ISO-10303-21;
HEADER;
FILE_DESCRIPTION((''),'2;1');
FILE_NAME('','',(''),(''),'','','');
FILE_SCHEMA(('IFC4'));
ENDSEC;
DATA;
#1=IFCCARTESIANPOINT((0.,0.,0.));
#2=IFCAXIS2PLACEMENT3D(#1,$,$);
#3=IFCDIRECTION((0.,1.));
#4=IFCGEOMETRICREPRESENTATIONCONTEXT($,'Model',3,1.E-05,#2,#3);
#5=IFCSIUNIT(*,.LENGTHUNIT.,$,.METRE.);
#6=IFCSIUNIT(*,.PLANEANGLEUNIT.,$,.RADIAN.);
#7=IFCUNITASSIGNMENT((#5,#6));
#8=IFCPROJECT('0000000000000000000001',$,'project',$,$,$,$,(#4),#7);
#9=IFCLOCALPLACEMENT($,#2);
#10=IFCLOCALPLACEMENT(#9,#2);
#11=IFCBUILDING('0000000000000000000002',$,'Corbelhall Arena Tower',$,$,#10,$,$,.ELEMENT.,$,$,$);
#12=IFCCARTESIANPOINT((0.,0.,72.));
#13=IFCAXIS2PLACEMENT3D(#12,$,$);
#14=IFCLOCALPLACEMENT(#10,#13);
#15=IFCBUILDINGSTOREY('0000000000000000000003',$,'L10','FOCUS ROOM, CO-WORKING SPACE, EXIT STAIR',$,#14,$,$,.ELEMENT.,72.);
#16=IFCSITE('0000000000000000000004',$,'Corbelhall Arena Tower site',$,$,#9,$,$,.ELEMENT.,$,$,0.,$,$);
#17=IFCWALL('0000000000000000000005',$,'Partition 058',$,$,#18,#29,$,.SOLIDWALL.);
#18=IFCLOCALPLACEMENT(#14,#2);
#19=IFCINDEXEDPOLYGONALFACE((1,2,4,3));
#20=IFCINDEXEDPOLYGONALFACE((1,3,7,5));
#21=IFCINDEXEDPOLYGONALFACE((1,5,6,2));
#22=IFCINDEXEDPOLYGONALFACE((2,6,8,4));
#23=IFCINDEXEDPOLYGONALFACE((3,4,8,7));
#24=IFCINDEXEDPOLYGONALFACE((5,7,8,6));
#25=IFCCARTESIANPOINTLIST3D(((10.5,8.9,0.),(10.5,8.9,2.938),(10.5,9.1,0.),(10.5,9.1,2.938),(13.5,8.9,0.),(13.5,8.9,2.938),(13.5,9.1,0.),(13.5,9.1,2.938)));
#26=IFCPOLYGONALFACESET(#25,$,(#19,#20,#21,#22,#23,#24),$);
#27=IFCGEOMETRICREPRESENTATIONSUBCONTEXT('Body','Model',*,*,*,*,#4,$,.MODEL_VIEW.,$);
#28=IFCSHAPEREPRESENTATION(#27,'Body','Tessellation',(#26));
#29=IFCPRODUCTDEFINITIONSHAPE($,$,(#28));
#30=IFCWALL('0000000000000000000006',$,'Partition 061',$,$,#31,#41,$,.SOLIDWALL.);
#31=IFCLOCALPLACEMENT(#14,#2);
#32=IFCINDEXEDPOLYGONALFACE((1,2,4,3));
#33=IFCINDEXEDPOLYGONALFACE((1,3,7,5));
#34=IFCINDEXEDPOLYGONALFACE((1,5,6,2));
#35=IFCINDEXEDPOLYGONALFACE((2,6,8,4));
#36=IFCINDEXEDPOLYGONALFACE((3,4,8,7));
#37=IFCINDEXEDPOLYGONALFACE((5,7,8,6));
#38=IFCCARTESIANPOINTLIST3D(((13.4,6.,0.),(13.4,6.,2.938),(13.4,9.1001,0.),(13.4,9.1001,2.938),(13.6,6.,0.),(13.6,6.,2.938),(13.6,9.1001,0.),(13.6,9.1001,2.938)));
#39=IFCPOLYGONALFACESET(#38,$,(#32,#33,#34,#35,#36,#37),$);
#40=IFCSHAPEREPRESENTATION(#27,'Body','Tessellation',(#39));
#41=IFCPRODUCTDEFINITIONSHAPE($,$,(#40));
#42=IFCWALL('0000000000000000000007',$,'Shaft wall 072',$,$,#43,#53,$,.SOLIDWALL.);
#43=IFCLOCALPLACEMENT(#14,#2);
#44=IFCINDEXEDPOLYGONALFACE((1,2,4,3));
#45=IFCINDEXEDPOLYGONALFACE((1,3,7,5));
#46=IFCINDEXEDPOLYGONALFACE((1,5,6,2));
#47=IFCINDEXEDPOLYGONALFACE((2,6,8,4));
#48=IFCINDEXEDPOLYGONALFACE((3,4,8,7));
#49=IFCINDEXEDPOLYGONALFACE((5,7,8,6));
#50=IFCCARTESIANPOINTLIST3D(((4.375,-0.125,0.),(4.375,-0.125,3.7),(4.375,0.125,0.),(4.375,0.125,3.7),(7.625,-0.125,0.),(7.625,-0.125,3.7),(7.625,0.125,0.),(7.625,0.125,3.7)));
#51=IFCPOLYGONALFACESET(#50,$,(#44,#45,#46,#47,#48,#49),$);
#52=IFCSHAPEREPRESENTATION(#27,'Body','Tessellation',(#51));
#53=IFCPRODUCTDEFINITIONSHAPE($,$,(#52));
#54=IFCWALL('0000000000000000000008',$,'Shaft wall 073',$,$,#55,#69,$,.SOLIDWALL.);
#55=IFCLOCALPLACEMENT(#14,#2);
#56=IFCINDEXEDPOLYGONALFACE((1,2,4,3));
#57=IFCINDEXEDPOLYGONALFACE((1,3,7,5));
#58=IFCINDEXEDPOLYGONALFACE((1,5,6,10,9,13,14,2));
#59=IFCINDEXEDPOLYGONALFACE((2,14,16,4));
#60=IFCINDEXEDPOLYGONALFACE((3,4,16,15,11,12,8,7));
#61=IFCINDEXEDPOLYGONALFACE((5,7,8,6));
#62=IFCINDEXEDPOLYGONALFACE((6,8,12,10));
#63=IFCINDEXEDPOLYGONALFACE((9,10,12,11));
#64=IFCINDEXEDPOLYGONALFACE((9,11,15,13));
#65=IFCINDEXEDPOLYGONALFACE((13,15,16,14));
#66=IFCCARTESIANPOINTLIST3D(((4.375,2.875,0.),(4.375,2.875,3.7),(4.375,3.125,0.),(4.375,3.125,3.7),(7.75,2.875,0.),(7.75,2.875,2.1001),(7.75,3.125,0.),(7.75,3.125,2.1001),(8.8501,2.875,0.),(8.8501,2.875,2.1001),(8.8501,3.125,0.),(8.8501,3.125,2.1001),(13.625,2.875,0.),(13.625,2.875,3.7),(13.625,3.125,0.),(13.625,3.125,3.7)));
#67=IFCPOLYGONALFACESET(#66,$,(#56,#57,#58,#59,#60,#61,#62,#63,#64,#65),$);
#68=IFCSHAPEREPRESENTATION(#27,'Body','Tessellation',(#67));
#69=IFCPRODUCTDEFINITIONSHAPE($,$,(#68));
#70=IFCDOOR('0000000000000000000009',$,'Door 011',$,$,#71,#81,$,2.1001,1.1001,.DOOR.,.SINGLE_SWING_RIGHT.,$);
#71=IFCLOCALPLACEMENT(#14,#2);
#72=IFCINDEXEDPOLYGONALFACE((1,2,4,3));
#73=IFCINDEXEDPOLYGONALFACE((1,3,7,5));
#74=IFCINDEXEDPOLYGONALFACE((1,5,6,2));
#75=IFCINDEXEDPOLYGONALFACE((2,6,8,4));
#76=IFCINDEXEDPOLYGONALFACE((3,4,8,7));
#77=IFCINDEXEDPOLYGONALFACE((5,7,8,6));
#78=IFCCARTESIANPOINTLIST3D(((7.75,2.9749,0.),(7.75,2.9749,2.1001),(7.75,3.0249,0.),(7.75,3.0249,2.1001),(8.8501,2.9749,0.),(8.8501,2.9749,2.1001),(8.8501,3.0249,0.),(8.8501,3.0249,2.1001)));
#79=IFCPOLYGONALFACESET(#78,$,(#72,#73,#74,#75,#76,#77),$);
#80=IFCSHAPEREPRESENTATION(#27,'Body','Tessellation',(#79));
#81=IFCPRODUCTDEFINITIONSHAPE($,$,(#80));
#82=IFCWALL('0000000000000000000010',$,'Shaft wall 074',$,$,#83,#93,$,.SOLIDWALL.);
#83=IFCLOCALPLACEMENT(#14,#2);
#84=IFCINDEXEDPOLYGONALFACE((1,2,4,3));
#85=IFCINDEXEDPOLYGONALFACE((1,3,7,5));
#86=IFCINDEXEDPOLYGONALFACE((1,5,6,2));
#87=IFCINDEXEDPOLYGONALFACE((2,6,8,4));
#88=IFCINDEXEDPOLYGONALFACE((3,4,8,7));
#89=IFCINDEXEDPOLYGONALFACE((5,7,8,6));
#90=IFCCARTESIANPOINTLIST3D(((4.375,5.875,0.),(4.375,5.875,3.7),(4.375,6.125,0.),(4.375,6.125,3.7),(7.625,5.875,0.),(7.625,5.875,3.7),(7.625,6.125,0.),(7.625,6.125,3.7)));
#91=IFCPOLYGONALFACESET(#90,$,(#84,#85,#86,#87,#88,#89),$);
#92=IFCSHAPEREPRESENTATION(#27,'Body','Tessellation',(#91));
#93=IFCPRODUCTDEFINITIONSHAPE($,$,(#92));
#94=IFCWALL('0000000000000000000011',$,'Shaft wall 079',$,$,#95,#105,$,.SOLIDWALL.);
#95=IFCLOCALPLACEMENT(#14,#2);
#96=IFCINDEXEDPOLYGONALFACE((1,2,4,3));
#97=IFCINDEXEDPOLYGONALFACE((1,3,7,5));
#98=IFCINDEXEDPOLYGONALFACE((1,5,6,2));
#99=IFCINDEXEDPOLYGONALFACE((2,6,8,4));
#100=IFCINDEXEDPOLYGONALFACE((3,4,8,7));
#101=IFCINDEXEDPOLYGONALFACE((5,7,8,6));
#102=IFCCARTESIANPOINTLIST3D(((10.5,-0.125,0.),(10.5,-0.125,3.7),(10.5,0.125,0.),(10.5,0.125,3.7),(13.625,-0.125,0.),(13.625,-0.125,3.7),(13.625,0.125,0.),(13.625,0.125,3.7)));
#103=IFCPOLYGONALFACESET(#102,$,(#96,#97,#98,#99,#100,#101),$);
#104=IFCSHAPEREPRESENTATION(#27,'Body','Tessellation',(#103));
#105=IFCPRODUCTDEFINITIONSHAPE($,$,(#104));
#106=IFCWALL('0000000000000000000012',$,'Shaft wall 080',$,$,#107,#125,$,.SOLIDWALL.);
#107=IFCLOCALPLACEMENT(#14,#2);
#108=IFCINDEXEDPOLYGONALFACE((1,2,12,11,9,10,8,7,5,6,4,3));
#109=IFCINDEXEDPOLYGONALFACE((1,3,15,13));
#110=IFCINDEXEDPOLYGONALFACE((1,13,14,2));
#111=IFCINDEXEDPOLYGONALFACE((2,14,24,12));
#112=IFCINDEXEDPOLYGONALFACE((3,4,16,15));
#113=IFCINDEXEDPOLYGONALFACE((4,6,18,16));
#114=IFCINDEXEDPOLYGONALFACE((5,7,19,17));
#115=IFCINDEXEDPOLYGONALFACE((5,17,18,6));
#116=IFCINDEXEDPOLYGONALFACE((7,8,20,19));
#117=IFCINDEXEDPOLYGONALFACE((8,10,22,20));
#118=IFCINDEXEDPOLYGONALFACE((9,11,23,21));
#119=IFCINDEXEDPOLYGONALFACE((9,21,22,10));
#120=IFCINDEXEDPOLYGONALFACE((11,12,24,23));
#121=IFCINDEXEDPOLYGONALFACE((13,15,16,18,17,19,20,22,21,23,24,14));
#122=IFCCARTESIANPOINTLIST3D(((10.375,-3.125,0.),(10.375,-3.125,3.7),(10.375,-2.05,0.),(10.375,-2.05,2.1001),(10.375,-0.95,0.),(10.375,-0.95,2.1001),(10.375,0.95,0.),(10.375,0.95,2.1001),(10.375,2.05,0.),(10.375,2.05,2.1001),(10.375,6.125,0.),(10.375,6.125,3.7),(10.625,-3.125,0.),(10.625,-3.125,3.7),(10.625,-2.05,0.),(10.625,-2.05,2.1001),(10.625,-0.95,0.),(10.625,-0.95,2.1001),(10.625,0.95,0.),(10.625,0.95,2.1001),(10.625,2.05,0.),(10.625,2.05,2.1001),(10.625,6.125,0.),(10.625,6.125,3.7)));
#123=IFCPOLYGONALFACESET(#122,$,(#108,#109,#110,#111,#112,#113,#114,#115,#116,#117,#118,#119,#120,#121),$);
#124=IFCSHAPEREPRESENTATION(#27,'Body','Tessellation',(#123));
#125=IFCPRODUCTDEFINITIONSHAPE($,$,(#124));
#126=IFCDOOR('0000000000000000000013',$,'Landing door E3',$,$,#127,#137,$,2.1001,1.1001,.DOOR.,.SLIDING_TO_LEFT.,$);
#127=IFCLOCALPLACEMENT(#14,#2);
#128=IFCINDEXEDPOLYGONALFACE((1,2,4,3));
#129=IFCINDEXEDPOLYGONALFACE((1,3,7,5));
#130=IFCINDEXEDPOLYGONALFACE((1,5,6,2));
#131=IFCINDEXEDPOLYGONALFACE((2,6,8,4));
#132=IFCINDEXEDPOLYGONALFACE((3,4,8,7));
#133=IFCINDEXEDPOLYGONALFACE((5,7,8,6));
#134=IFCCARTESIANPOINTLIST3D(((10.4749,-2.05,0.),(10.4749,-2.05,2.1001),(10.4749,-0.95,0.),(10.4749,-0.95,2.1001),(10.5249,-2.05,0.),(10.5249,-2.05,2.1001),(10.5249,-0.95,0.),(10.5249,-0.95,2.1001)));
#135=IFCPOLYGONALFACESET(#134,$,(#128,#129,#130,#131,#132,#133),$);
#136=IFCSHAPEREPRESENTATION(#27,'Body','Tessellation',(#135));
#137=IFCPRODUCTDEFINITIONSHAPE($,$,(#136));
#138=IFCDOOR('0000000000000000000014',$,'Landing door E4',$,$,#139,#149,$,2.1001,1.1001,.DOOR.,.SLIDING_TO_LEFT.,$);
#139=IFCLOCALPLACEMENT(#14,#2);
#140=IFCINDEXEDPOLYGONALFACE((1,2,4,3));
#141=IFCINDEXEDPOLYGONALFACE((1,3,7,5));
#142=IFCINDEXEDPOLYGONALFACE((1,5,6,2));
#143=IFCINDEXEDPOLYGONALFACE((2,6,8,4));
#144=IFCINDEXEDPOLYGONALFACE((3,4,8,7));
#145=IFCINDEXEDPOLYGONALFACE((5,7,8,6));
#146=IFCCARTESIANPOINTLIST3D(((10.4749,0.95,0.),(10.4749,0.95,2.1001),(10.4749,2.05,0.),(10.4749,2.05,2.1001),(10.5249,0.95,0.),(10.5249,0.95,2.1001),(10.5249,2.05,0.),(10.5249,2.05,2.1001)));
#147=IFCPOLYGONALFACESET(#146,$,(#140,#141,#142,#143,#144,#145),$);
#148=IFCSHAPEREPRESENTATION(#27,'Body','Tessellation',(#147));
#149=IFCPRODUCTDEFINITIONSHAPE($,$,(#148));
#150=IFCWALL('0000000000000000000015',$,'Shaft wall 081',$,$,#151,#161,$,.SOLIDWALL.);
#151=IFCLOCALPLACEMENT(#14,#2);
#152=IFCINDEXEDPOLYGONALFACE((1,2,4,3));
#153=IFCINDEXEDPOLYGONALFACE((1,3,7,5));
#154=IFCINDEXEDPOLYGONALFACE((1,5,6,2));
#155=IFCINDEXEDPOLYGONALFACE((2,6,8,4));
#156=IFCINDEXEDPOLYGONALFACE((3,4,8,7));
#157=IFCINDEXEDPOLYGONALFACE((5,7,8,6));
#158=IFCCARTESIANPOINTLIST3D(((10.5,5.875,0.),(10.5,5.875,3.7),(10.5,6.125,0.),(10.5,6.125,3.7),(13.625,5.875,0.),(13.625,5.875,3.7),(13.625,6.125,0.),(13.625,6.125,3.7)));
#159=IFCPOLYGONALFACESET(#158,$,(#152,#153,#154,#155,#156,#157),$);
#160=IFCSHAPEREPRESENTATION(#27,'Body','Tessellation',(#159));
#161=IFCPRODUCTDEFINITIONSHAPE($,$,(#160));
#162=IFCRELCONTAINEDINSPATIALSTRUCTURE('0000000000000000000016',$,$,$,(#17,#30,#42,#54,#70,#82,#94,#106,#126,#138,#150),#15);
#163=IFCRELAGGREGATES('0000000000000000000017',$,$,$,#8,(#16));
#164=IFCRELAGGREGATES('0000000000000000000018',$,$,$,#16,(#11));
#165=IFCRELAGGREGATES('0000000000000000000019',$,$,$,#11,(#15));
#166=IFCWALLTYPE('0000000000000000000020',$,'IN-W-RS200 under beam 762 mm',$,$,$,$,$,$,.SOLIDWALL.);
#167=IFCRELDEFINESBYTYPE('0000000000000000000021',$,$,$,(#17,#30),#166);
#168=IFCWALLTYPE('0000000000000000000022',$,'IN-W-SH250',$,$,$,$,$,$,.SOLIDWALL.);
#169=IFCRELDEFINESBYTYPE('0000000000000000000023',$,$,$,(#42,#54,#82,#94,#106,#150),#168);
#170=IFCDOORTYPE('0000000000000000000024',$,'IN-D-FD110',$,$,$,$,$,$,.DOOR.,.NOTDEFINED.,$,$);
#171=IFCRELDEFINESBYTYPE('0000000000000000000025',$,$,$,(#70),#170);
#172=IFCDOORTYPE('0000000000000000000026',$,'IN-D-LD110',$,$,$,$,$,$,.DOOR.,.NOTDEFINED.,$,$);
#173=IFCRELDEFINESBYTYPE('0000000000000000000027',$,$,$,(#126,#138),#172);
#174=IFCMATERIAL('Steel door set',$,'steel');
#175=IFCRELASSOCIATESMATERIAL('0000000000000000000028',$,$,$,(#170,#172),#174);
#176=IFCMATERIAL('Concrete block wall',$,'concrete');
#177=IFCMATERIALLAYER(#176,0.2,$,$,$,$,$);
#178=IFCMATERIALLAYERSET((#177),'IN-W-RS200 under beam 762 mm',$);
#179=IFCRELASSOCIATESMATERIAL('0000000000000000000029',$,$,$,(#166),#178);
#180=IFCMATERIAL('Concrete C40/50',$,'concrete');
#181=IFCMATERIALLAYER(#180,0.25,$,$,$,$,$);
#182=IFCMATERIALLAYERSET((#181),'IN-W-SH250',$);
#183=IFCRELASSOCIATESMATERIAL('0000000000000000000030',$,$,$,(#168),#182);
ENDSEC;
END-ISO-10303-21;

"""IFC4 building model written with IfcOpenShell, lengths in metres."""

from ifc_helpers import new_model, si_unit, direction, frame, frame_2d, origin, place, context, subcontext, project, spatial, rectangle, extrude, material, layer, layer_set, type_object, element, fill, save


model = new_model("IFC4")

# Units and contexts
model_context = context("Model", 3, precision=1e-05, world=origin(), true_north=direction((0.0, 1.0)))
body_context = subcontext(model_context, "Body", "Model", "MODEL_VIEW")
ifc_project = project(units=[si_unit("LENGTHUNIT", "METRE"), si_unit("PLANEANGLEUNIT", "RADIAN")], contexts=[model_context])

# Site, building, storey
site_placement = place(None, origin())
site = spatial("IfcSite", under=ifc_project, at=site_placement, Name="Corbelhall Arena Tower site", CompositionType="ELEMENT", RefElevation=0.0)
building_placement = place(site_placement, origin())
building = spatial("IfcBuilding", under=site, at=building_placement, Name="Corbelhall Arena Tower", CompositionType="ELEMENT")
storey_placement = place(building_placement, frame((0.0, 0.0, 72.0)))
storey = spatial("IfcBuildingStorey", under=building, at=storey_placement, Name="L10", Description="FOCUS ROOM, CO-WORKING SPACE, EXIT STAIR", CompositionType="ELEMENT", Elevation=72.0)

# Shared definitions
ifc_material_1 = material(Name="Concrete C40/50", Category="concrete")

# Shared definitions
ifc_material_2 = material(Name="Concrete block wall", Category="concrete")
ifc_material_3 = material(Name="Steel door set", Category="steel")
door_type_1 = type_object("IfcDoorType", Name="IN-D-FD110", OperationType="NOTDEFINED", PredefinedType="DOOR", material=ifc_material_3)

# Walls
ifc_layer_1 = layer(ifc_material_2, 0.2)
ifc_layer_set_1 = layer_set([ifc_layer_1], Name="IN-W-RS200 under beam 762 mm")
wall_type_1 = type_object("IfcWallType", Name="IN-W-RS200 under beam 762 mm", PredefinedType="SOLIDWALL", material=ifc_layer_set_1)
wall_1_placement = place(storey_placement, frame((10.5, 9.0, 0.0), z_axis=(0.0, 0.0, 1.0), x_axis=(1.0, 0.0, 0.0)))
element("IfcWall", 1, at=wall_1_placement, inside=storey, type_object=wall_type_1, Name="Partition 058", PredefinedType="SOLIDWALL", context=body_context, shape_type="SweptSolid", body=[
    extrude(rectangle(XDim=3.0, YDim=0.2, at=frame_2d((1.5, 0.0))), origin(), (0.0, 0.0, 1.0), 2.938),
])
wall_2_placement = place(storey_placement, frame((13.5, 9.1001, 0.0), z_axis=(0.0, 0.0, 1.0), x_axis=(0.0, -1.0, 0.0)))
element("IfcWall", 2, at=wall_2_placement, inside=storey, type_object=wall_type_1, Name="Partition 061", PredefinedType="SOLIDWALL", context=body_context, shape_type="SweptSolid", body=[
    extrude(rectangle(XDim=3.1001, YDim=0.2, at=frame_2d((1.55, 0.0))), origin(), (0.0, 0.0, 1.0), 2.938),
])
ifc_layer_2 = layer(ifc_material_1, 0.25)
ifc_layer_set_2 = layer_set([ifc_layer_2], Name="IN-W-SH250")
wall_type_2 = type_object("IfcWallType", Name="IN-W-SH250", PredefinedType="SOLIDWALL", material=ifc_layer_set_2)
wall_3_placement = place(storey_placement, frame((4.375, 0.0, 0.0), z_axis=(0.0, 0.0, 1.0), x_axis=(1.0, 0.0, 0.0)))
element("IfcWall", 3, at=wall_3_placement, inside=storey, type_object=wall_type_2, Name="Shaft wall 072", PredefinedType="SOLIDWALL", context=body_context, shape_type="SweptSolid", body=[
    extrude(rectangle(XDim=3.25, YDim=0.25, at=frame_2d((1.625, 0.0))), origin(), (0.0, 0.0, 1.0), 3.7),
])

# Wall, opening, door
wall_4_placement = place(storey_placement, frame((4.375, 3.0, 0.0), z_axis=(0.0, 0.0, 1.0), x_axis=(1.0, 0.0, 0.0)))
wall_4 = element("IfcWall", 4, at=wall_4_placement, inside=storey, type_object=wall_type_2, Name="Shaft wall 073", PredefinedType="SOLIDWALL", context=body_context, shape_type="SweptSolid", body=[
    extrude(rectangle(XDim=9.25, YDim=0.25, at=frame_2d((4.625, 0.0))), origin(), (0.0, 0.0, 1.0), 3.7),
])
opening_1_placement = place(wall_4_placement, frame((3.375, 0.0, 0.0)))
opening_1 = element("IfcOpeningElement", 5, at=opening_1_placement, cuts=wall_4, PredefinedType="OPENING", context=body_context, shape_type="SweptSolid", body=[
    extrude(rectangle(XDim=1.1001, YDim=2.1001, at=frame_2d((0.55, 1.05))), frame((0.0, 0.125, 0.0), z_axis=(0.0, -1.0, 0.0), x_axis=(1.0, 0.0, 0.0)), (0.0, 0.0, 1.0), 0.25),
])
door_1_placement = place(opening_1_placement, origin())
door_1 = element("IfcDoor", 6, at=door_1_placement, inside=storey, type_object=door_type_1, Name="Door 011", OperationType="SINGLE_SWING_RIGHT", OverallHeight=2.1001, OverallWidth=1.1001, PredefinedType="DOOR", context=body_context, shape_type="SweptSolid", body=[
    extrude(rectangle(XDim=1.1001, YDim=2.1001, at=frame_2d((0.55, 1.05))), frame((0.0, 0.0249, 0.0), z_axis=(0.0, -1.0, 0.0), x_axis=(1.0, 0.0, 0.0)), (0.0, 0.0, 1.0), 0.05),
])
fill(opening_1, door_1)

# Walls
wall_5_placement = place(storey_placement, frame((4.375, 6.0, 0.0), z_axis=(0.0, 0.0, 1.0), x_axis=(1.0, 0.0, 0.0)))
element("IfcWall", 7, at=wall_5_placement, inside=storey, type_object=wall_type_2, Name="Shaft wall 074", PredefinedType="SOLIDWALL", context=body_context, shape_type="SweptSolid", body=[
    extrude(rectangle(XDim=3.25, YDim=0.25, at=frame_2d((1.625, 0.0))), origin(), (0.0, 0.0, 1.0), 3.7),
])
wall_6_placement = place(storey_placement, frame((10.5, 0.0, 0.0), z_axis=(0.0, 0.0, 1.0), x_axis=(1.0, 0.0, 0.0)))
element("IfcWall", 8, at=wall_6_placement, inside=storey, type_object=wall_type_2, Name="Shaft wall 079", PredefinedType="SOLIDWALL", context=body_context, shape_type="SweptSolid", body=[
    extrude(rectangle(XDim=3.125, YDim=0.25, at=frame_2d((1.5625, 0.0))), origin(), (0.0, 0.0, 1.0), 3.7),
])

# Wall, openings, doors
wall_7_placement = place(storey_placement, frame((10.5, 6.125, 0.0), z_axis=(0.0, 0.0, 1.0), x_axis=(0.0, -1.0, 0.0)))
wall_7 = element("IfcWall", 9, at=wall_7_placement, inside=storey, type_object=wall_type_2, Name="Shaft wall 080", PredefinedType="SOLIDWALL", context=body_context, shape_type="SweptSolid", body=[
    extrude(rectangle(XDim=9.25, YDim=0.25, at=frame_2d((4.625, 0.0))), origin(), (0.0, 0.0, 1.0), 3.7),
])
opening_2_placement = place(wall_7_placement, frame((7.075, 0.0, 0.0)))
opening_2 = element("IfcOpeningElement", 10, at=opening_2_placement, cuts=wall_7, PredefinedType="OPENING", context=body_context, shape_type="SweptSolid", body=[
    extrude(rectangle(XDim=1.1001, YDim=2.1001, at=frame_2d((0.55, 1.05))), frame((0.0, 0.125, 0.0), z_axis=(0.0, -1.0, 0.0), x_axis=(1.0, 0.0, 0.0)), (0.0, 0.0, 1.0), 0.25),
])
opening_3_placement = place(wall_7_placement, frame((4.075, 0.0, 0.0)))
opening_3 = element("IfcOpeningElement", 11, at=opening_3_placement, cuts=wall_7, PredefinedType="OPENING", context=body_context, shape_type="SweptSolid", body=[
    extrude(rectangle(XDim=1.1001, YDim=2.1001, at=frame_2d((0.55, 1.05))), frame((0.0, 0.125, 0.0), z_axis=(0.0, -1.0, 0.0), x_axis=(1.0, 0.0, 0.0)), (0.0, 0.0, 1.0), 0.25),
])
door_type_2 = type_object("IfcDoorType", Name="IN-D-LD110", OperationType="NOTDEFINED", PredefinedType="DOOR", material=ifc_material_3)
door_2_placement = place(opening_2_placement, origin())
door_2 = element("IfcDoor", 12, at=door_2_placement, inside=storey, type_object=door_type_2, Name="Landing door E3", OperationType="SLIDING_TO_LEFT", OverallHeight=2.1001, OverallWidth=1.1001, PredefinedType="DOOR", context=body_context, shape_type="SweptSolid", body=[
    extrude(rectangle(XDim=1.1001, YDim=2.1001, at=frame_2d((0.55, 1.05))), frame((0.0, 0.0249, 0.0), z_axis=(0.0, -1.0, 0.0), x_axis=(1.0, 0.0, 0.0)), (0.0, 0.0, 1.0), 0.05),
])
fill(opening_2, door_2)
door_3_placement = place(opening_3_placement, origin())
door_3 = element("IfcDoor", 13, at=door_3_placement, inside=storey, type_object=door_type_2, Name="Landing door E4", OperationType="SLIDING_TO_LEFT", OverallHeight=2.1001, OverallWidth=1.1001, PredefinedType="DOOR", context=body_context, shape_type="SweptSolid", body=[
    extrude(rectangle(XDim=1.1001, YDim=2.1001, at=frame_2d((0.55, 1.05))), frame((0.0, 0.0249, 0.0), z_axis=(0.0, -1.0, 0.0), x_axis=(1.0, 0.0, 0.0)), (0.0, 0.0, 1.0), 0.05),
])
fill(opening_3, door_3)

# Wall
wall_8_placement = place(storey_placement, frame((10.5, 6.0, 0.0), z_axis=(0.0, 0.0, 1.0), x_axis=(1.0, 0.0, 0.0)))
element("IfcWall", 14, at=wall_8_placement, inside=storey, type_object=wall_type_2, Name="Shaft wall 081", PredefinedType="SOLIDWALL", context=body_context, shape_type="SweptSolid", body=[
    extrude(rectangle(XDim=3.125, YDim=0.25, at=frame_2d((1.5625, 0.0))), origin(), (0.0, 0.0, 1.0), 3.7),
])

save(model, "model.ifc")
